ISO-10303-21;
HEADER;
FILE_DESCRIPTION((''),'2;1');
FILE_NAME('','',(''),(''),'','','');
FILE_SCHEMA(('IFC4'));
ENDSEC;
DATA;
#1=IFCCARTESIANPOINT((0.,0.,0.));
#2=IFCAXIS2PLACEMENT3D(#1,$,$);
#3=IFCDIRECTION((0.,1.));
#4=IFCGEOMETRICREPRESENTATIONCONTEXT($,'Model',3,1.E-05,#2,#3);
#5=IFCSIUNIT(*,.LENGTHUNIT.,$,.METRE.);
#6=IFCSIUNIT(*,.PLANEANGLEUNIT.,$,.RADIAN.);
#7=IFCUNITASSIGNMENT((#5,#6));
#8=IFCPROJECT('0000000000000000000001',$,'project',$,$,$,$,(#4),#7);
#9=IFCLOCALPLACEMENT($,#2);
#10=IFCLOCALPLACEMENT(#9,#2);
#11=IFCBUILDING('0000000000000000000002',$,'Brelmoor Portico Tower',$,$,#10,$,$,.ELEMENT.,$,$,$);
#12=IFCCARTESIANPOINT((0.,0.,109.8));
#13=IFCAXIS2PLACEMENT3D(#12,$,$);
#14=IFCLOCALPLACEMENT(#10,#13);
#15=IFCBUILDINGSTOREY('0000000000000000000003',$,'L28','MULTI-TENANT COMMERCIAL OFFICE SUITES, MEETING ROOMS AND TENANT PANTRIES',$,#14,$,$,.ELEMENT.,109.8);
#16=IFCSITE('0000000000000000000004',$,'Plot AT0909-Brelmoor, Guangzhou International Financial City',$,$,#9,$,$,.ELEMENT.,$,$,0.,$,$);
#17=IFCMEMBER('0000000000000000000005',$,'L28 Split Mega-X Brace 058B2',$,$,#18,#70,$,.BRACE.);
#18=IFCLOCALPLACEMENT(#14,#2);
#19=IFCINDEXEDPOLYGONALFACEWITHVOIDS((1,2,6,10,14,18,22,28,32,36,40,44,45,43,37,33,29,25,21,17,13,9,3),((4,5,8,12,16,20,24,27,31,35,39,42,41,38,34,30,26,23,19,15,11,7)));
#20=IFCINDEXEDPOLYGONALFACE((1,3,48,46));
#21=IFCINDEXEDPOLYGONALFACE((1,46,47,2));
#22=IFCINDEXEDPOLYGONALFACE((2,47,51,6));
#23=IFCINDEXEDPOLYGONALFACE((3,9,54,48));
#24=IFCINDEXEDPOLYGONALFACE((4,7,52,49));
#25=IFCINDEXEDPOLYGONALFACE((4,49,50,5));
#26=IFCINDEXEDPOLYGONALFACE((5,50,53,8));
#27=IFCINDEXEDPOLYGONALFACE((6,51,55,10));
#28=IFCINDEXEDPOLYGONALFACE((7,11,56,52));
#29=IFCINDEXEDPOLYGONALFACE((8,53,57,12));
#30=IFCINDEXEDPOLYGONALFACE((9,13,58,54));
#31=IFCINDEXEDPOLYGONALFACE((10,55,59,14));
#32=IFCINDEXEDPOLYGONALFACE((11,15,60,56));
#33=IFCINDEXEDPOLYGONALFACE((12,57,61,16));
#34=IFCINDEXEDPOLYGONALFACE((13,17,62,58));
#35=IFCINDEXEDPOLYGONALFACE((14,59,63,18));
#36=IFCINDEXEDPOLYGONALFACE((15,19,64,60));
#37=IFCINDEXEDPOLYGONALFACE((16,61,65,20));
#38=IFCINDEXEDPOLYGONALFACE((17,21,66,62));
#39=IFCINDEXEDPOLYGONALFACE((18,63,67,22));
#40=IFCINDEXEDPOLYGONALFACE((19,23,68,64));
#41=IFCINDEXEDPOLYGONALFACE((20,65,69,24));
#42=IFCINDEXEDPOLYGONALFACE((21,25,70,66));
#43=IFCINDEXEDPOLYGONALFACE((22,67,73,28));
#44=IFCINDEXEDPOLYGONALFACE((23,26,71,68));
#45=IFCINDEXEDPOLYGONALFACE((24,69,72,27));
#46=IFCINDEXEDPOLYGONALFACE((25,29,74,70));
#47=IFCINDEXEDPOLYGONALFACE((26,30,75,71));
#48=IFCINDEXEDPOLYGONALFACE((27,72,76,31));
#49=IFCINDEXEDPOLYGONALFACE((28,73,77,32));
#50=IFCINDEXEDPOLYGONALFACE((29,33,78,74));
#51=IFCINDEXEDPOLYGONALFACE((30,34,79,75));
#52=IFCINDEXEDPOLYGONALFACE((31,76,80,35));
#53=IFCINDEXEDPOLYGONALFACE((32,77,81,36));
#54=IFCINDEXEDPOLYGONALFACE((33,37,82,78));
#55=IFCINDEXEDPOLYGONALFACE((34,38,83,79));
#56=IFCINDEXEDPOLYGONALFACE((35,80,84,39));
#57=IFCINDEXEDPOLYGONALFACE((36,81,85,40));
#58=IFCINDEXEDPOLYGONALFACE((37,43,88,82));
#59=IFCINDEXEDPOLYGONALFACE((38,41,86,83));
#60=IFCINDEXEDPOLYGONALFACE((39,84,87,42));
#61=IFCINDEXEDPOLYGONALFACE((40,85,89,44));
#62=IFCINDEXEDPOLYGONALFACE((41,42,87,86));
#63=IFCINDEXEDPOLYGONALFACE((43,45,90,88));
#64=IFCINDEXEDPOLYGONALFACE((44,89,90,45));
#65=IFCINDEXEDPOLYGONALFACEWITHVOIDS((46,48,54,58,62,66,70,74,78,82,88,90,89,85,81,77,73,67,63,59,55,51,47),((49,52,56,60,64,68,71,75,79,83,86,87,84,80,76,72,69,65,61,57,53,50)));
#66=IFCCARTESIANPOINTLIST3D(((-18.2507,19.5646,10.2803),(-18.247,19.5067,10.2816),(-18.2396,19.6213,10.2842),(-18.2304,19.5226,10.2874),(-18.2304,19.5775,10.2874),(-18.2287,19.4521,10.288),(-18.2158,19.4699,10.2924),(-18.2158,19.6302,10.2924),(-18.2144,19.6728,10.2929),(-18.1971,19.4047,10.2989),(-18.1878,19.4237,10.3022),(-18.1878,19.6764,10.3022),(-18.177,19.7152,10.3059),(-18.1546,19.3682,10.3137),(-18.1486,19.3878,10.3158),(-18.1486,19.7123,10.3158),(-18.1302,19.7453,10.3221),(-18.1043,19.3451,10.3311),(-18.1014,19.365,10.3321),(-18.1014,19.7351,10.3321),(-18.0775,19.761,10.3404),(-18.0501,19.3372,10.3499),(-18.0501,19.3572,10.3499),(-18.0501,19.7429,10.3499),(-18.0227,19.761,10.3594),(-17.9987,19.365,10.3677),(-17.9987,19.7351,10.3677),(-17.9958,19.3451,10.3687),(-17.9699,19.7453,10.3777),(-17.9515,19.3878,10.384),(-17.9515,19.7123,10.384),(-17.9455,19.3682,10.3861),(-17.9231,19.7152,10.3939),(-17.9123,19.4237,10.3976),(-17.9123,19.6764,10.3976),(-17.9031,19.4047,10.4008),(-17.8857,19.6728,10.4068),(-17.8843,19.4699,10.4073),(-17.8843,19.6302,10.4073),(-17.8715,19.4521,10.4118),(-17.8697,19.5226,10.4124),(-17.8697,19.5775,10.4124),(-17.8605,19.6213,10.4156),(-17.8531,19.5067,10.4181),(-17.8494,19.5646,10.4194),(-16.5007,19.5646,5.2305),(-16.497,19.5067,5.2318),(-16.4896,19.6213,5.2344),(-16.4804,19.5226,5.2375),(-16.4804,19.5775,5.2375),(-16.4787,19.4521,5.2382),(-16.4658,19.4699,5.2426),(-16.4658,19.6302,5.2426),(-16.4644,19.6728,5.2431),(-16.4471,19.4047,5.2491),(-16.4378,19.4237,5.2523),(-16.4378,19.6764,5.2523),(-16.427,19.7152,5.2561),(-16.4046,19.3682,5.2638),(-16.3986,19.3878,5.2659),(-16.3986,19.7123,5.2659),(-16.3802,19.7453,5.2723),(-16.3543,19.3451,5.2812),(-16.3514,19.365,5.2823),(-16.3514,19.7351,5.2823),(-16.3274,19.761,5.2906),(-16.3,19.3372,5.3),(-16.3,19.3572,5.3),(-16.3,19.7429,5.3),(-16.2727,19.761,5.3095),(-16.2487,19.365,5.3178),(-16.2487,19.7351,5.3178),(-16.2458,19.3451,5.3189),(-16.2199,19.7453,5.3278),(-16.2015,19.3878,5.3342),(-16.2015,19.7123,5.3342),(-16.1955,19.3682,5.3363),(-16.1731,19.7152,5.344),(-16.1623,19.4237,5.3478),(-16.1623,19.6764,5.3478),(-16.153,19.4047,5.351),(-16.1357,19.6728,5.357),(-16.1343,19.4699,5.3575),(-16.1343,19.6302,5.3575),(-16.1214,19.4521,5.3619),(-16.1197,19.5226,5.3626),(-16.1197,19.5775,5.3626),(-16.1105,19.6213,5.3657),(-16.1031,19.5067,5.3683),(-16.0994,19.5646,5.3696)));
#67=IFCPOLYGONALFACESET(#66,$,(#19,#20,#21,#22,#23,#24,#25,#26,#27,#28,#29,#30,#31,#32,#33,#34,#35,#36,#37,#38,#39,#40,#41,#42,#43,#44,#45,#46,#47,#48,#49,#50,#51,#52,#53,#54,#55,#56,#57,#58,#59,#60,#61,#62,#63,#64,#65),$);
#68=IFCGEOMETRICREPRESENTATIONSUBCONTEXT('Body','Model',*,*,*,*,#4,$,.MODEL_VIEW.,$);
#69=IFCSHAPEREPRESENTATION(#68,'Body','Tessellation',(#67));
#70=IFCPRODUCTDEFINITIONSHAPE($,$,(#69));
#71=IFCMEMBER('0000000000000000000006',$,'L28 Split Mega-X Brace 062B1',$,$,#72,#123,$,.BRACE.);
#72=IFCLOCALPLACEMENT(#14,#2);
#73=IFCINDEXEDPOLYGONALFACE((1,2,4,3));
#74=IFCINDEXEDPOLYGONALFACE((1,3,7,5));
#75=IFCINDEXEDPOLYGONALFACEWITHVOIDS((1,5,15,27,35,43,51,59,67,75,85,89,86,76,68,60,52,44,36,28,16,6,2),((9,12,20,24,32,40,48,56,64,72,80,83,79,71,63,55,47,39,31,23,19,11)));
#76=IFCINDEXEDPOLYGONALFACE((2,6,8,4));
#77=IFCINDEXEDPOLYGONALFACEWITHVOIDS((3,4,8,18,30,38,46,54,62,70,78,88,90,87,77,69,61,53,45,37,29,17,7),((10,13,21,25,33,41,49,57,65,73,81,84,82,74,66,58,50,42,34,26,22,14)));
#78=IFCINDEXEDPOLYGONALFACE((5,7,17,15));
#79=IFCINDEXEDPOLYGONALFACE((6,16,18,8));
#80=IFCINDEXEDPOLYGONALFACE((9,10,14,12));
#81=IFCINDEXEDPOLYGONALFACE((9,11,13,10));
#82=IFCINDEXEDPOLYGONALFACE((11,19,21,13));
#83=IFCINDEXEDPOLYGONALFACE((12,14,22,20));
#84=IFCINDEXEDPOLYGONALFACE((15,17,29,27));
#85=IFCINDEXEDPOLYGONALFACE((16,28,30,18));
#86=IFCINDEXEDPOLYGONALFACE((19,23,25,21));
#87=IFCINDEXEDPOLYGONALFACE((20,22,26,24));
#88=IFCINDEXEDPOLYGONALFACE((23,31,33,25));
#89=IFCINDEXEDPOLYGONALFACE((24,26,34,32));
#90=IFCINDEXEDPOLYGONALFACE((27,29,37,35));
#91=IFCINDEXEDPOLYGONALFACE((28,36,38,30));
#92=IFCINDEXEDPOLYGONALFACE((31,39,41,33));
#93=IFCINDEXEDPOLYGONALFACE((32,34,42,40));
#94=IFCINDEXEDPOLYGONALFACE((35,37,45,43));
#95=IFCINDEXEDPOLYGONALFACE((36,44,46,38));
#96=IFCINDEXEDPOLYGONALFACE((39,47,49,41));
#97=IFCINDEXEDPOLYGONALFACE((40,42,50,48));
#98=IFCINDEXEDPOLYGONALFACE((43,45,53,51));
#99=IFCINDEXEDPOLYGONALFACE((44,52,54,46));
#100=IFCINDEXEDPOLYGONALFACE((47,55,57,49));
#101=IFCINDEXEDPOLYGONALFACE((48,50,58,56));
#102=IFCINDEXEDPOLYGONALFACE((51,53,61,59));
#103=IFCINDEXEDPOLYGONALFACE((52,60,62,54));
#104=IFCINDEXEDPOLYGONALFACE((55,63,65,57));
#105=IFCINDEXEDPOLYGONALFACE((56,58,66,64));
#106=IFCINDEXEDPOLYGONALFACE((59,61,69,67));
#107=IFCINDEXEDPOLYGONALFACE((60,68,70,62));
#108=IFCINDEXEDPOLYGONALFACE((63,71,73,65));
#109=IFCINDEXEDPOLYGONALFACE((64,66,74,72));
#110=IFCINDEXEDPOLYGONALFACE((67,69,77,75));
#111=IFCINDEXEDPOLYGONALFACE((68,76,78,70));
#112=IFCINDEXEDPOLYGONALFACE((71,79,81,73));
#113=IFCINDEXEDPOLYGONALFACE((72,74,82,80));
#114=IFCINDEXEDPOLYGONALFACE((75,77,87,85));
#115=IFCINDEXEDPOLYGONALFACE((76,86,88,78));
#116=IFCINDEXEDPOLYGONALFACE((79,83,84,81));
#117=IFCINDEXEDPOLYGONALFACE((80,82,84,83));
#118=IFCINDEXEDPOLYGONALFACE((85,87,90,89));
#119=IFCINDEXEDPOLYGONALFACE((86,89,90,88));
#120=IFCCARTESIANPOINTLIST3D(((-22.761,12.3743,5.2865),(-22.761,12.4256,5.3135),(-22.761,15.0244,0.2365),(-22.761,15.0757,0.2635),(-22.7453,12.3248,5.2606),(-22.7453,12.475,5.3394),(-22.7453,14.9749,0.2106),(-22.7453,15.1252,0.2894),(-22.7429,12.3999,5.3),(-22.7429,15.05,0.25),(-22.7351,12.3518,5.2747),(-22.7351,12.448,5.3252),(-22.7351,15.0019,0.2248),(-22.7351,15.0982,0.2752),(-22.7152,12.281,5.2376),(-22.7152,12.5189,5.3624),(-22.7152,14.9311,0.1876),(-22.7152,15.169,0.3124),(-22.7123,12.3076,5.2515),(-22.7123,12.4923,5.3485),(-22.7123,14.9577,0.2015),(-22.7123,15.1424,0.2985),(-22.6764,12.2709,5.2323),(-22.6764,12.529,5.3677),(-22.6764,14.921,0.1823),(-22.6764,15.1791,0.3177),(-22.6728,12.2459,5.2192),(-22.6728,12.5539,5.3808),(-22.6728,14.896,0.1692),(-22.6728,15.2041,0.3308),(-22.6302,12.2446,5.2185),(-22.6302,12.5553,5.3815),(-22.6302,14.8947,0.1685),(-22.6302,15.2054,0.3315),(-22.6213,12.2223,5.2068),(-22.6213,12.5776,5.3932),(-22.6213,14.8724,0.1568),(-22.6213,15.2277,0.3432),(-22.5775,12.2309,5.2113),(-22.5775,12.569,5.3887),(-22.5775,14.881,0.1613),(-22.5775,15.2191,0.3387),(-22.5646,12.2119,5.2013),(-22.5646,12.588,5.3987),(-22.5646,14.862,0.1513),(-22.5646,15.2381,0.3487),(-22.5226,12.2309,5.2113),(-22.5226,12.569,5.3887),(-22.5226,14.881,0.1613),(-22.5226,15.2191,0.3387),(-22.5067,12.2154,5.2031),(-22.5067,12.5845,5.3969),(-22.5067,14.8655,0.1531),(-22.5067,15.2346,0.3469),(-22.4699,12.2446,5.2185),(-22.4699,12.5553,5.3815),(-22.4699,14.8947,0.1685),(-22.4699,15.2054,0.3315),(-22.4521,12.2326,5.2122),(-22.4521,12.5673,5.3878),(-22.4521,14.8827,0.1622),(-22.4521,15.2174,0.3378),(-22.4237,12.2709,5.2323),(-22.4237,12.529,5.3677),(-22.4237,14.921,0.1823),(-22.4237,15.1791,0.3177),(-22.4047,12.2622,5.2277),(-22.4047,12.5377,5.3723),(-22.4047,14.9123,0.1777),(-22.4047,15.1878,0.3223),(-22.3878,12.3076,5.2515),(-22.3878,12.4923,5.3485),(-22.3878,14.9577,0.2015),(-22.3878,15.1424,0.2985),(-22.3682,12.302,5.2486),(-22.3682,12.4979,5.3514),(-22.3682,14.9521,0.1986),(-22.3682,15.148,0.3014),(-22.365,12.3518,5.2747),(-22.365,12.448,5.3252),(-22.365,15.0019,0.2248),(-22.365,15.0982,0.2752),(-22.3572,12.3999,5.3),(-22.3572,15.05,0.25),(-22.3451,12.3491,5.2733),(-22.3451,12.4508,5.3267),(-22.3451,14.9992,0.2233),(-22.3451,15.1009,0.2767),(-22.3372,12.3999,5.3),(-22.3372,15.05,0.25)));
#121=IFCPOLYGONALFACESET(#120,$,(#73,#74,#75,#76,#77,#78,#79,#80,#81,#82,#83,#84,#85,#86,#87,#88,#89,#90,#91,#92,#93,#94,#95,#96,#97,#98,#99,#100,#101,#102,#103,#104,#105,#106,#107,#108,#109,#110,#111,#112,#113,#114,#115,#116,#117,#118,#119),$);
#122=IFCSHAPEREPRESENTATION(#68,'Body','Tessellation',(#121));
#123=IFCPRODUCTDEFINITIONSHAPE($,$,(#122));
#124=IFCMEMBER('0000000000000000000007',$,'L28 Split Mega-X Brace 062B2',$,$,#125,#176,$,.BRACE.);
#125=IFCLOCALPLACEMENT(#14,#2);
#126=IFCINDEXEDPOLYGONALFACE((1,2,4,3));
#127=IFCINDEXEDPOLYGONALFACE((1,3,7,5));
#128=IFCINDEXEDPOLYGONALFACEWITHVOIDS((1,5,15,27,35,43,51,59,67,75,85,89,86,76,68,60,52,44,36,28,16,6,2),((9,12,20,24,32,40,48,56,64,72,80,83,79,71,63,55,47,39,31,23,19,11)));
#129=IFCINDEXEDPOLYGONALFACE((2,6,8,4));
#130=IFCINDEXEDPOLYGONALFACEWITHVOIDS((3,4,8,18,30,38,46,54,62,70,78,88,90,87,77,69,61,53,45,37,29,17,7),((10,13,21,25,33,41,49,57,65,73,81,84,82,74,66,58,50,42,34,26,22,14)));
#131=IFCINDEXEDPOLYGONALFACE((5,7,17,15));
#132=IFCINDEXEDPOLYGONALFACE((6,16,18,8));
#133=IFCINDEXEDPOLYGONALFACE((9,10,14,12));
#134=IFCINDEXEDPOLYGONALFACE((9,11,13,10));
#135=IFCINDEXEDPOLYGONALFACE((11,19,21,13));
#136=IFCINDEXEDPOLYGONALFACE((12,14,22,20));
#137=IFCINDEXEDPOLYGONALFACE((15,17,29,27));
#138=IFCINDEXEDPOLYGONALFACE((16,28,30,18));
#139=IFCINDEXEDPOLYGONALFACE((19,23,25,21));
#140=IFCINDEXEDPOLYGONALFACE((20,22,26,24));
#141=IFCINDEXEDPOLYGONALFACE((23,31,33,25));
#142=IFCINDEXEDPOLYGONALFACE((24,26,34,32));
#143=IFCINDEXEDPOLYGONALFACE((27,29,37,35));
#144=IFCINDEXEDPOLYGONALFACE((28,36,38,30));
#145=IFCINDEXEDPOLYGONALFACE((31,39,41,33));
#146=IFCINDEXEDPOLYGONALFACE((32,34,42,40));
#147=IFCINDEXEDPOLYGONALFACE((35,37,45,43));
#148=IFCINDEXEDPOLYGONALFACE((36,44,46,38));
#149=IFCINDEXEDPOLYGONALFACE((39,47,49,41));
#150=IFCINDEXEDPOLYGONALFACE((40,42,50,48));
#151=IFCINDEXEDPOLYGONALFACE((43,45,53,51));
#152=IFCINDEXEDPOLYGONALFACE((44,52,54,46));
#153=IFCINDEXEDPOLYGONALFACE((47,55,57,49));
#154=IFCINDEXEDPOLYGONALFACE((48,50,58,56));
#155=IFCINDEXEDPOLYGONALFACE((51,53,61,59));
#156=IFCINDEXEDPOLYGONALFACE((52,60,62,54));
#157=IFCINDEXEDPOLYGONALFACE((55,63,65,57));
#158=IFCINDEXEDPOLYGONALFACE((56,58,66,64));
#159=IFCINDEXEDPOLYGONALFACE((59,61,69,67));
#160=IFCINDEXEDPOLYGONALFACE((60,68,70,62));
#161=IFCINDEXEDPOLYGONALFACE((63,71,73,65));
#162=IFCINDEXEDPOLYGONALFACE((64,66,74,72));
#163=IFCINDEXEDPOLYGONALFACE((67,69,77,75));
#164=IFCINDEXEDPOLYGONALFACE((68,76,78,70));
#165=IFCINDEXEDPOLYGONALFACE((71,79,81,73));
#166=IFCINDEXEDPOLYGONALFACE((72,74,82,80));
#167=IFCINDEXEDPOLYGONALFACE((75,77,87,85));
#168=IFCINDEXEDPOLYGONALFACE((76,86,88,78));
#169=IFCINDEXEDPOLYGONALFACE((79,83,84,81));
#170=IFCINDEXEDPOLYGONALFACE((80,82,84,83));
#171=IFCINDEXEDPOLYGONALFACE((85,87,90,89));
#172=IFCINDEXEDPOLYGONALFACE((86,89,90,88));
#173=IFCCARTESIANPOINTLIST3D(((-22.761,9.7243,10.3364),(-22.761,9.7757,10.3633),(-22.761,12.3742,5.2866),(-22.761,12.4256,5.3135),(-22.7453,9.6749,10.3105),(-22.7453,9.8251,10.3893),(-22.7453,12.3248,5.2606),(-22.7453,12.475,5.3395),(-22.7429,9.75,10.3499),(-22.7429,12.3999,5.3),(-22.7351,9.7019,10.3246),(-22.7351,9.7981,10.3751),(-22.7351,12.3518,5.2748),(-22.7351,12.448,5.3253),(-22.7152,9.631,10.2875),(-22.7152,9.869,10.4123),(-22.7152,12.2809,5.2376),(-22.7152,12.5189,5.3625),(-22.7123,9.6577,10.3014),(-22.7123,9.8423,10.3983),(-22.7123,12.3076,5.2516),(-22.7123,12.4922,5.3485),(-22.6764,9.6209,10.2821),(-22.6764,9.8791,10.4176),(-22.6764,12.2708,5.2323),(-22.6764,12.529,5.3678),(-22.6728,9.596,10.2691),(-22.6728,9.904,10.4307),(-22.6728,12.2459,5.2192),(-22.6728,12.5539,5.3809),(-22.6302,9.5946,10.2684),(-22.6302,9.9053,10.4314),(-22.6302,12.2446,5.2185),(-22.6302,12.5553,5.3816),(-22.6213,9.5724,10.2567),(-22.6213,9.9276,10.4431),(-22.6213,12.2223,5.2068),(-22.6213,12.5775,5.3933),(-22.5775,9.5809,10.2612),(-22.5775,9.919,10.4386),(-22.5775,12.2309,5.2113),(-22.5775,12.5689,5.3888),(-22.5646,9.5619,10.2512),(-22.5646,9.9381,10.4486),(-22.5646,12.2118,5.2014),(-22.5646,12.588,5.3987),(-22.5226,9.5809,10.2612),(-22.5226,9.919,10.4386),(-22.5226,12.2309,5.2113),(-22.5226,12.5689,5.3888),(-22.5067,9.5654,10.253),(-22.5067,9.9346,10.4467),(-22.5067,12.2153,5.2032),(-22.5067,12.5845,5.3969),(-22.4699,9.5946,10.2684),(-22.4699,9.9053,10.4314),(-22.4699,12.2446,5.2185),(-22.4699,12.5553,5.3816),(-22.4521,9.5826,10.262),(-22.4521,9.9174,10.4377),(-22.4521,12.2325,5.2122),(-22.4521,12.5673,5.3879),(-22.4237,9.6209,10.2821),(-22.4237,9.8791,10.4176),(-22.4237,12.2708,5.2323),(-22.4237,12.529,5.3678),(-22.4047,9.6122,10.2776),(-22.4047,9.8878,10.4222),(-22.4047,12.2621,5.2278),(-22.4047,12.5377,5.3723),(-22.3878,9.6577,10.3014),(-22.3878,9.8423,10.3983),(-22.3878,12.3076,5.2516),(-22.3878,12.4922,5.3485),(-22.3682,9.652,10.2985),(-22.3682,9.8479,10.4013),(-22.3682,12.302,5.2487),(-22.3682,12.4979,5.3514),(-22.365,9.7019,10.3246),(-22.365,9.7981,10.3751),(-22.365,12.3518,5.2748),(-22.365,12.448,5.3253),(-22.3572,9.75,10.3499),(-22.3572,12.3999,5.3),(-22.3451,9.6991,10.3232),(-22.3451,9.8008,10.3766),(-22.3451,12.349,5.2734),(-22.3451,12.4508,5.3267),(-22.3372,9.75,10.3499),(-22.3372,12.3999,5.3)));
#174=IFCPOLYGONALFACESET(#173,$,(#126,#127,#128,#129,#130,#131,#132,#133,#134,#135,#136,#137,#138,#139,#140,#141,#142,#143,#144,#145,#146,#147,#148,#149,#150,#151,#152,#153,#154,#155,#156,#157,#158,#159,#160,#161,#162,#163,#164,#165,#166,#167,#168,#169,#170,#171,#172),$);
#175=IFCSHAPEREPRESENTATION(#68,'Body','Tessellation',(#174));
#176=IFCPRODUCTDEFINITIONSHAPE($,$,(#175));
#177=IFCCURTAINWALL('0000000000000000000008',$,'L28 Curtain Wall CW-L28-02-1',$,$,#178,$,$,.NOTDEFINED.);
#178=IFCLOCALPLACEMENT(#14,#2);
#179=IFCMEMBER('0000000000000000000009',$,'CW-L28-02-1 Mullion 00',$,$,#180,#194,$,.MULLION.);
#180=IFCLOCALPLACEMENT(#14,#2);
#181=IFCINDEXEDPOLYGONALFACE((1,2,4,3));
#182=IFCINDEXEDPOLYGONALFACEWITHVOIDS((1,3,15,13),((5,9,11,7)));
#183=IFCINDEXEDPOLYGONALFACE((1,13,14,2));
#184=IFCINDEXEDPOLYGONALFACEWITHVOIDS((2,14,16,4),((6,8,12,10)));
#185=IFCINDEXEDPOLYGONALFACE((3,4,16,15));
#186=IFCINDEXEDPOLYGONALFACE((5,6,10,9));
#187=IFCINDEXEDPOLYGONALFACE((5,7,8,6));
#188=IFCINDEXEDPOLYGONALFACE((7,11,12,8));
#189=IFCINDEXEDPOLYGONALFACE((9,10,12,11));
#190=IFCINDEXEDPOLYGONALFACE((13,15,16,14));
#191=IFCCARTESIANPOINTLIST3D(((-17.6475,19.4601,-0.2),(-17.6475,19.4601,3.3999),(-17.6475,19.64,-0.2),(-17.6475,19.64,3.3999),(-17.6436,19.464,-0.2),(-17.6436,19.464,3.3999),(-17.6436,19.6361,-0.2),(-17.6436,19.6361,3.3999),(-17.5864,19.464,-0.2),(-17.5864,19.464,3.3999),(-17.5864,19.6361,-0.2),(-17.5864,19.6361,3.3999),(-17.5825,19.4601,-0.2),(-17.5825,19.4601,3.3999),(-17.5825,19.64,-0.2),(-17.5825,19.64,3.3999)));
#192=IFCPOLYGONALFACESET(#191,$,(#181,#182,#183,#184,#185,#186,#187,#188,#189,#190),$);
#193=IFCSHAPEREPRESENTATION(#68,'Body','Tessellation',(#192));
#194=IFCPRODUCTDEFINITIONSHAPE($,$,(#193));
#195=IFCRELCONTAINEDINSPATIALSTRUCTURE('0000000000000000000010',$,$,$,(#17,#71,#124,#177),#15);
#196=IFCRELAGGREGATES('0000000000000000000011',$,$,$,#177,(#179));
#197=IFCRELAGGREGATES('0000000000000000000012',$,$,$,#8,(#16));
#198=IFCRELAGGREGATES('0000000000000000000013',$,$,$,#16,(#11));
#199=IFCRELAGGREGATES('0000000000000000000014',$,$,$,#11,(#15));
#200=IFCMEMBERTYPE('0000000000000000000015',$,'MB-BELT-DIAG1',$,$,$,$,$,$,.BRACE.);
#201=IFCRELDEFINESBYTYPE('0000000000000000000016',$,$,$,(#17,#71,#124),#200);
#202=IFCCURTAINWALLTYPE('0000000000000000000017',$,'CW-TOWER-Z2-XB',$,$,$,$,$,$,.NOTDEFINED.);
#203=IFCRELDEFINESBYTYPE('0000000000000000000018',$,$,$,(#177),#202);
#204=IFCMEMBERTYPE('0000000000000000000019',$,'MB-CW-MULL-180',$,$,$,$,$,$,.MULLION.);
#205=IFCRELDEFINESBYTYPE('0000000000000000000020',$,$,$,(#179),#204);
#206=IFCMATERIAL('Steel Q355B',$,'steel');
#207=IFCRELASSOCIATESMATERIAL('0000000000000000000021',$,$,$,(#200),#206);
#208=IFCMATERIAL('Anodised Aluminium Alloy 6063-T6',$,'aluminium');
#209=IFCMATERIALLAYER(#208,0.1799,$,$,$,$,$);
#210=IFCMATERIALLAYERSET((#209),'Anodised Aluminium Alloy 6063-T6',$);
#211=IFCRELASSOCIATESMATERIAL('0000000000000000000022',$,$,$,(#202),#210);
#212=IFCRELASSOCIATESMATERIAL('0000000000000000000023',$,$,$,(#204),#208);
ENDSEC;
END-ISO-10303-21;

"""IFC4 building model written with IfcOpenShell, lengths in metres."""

from ifc_helpers import new_model, si_unit, direction, frame, origin, origin_2d, place, context, subcontext, project, spatial, hollow_rectangle, hollow_circle, extrude, material, layer, layer_set, material_profile, profile_set, type_object, element, aggregate, save


model = new_model("IFC4")

# Units and contexts
model_context = context("Model", 3, precision=1e-05, world=origin(), true_north=direction((0.0, 1.0)))
body_context = subcontext(model_context, "Body", "Model", "MODEL_VIEW")
ifc_project = project(units=[si_unit("LENGTHUNIT", "METRE"), si_unit("PLANEANGLEUNIT", "RADIAN")], contexts=[model_context])

# Site, building, storey
site_placement = place(None, origin())
site = spatial("IfcSite", under=ifc_project, at=site_placement, Name="Plot AT0909-Brelmoor, Guangzhou International Financial City", CompositionType="ELEMENT", RefElevation=0.0)
building_placement = place(site_placement, origin())
building = spatial("IfcBuilding", under=site, at=building_placement, Name="Brelmoor Portico Tower", CompositionType="ELEMENT")
storey_placement = place(building_placement, frame((0.0, 0.0, 109.8)))
storey = spatial("IfcBuildingStorey", under=building, at=storey_placement, Name="L28", Description="MULTI-TENANT COMMERCIAL OFFICE SUITES, MEETING ROOMS AND TENANT PANTRIES", CompositionType="ELEMENT", Elevation=109.8)

# Shared definitions
ifc_material_1 = material(Name="Steel Q355B", Category="steel")

# Members
ifc_material_profile_1 = material_profile(ifc_material_1, hollow_circle(Radius=0.2129, WallThickness=0.02, at=origin_2d()), Name="CHS 426x20")
ifc_profile_set_1 = profile_set([ifc_material_profile_1], Name="Steel Q355B")
member_type_1 = type_object("IfcMemberType", Name="MB-BELT-DIAG1", PredefinedType="BRACE", material=ifc_profile_set_1)
member_1_placement = place(storey_placement, frame((-16.3, 19.55, 5.3), z_axis=(-0.327443, 0.0, 0.944871), x_axis=(0.0, -1.0, 0.0)))
element("IfcMember", 1, at=member_1_placement, inside=storey, type_object=member_type_1, Name="L28 Split Mega-X Brace 058B2", PredefinedType="BRACE", context=body_context, shape_type="SweptSolid", body=[
    extrude(hollow_circle(Radius=0.2129, WallThickness=0.02, at=origin_2d()), origin(), (0.0, 0.0, 1.0), 5.3445),
])
member_2_placement = place(storey_placement, frame((-22.55, 15.05, 0.25), z_axis=(0.0, -0.464679, 0.885479), x_axis=(1.0, 0.0, 0.0)))
element("IfcMember", 2, at=member_2_placement, inside=storey, type_object=member_type_1, Name="L28 Split Mega-X Brace 062B1", PredefinedType="BRACE", context=body_context, shape_type="SweptSolid", body=[
    extrude(hollow_circle(Radius=0.2129, WallThickness=0.02, at=origin_2d()), origin(), (0.0, 0.0, 1.0), 5.7031),
])
member_3_placement = place(storey_placement, frame((-22.55, 12.3999, 5.3), z_axis=(0.0, -0.464663, 0.885488), x_axis=(1.0, 0.0, 0.0)))
element("IfcMember", 3, at=member_3_placement, inside=storey, type_object=member_type_1, Name="L28 Split Mega-X Brace 062B2", PredefinedType="BRACE", context=body_context, shape_type="SweptSolid", body=[
    extrude(hollow_circle(Radius=0.2129, WallThickness=0.02, at=origin_2d()), origin(), (0.0, 0.0, 1.0), 5.7029),
])

# Curtain wall, member
ifc_material_2 = material(Name="Anodised Aluminium Alloy 6063-T6", Category="aluminium")
ifc_layer_1 = layer(ifc_material_2, 0.1799)
ifc_layer_set_1 = layer_set([ifc_layer_1], Name="Anodised Aluminium Alloy 6063-T6")
curtain_wall_type = type_object("IfcCurtainWallType", Name="CW-TOWER-Z2-XB", PredefinedType="NOTDEFINED", material=ifc_layer_set_1)
curtain_wall_1_placement = place(storey_placement, origin())
curtain_wall_1 = element("IfcCurtainWall", 4, at=curtain_wall_1_placement, inside=storey, type_object=curtain_wall_type, Name="L28 Curtain Wall CW-L28-02-1", PredefinedType="NOTDEFINED")
ifc_material_profile_2 = material_profile(ifc_material_2, hollow_rectangle(XDim=0.0649, YDim=0.1799, WallThickness=0.0039, at=origin_2d()), Name="ALU MULLION 65x180")
ifc_profile_set_2 = profile_set([ifc_material_profile_2], Name="Anodised Aluminium Alloy 6063-T6")
member_type_2 = type_object("IfcMemberType", Name="MB-CW-MULL-180", PredefinedType="MULLION", material=ifc_profile_set_2)
member_4_placement = place(storey_placement, frame((-17.615, 19.55, -0.2), z_axis=(0.0, 0.0, 1.0), x_axis=(1.0, 0.0, 0.0)))
member_4 = element("IfcMember", 5, at=member_4_placement, type_object=member_type_2, Name="CW-L28-02-1 Mullion 00", PredefinedType="MULLION", context=body_context, shape_type="SweptSolid", body=[
    extrude(hollow_rectangle(XDim=0.0649, YDim=0.1799, WallThickness=0.0039, at=origin_2d()), origin(), (0.0, 0.0, 1.0), 3.5999),
])

aggregate(curtain_wall_1, [member_4])

save(model, "model.ifc")
